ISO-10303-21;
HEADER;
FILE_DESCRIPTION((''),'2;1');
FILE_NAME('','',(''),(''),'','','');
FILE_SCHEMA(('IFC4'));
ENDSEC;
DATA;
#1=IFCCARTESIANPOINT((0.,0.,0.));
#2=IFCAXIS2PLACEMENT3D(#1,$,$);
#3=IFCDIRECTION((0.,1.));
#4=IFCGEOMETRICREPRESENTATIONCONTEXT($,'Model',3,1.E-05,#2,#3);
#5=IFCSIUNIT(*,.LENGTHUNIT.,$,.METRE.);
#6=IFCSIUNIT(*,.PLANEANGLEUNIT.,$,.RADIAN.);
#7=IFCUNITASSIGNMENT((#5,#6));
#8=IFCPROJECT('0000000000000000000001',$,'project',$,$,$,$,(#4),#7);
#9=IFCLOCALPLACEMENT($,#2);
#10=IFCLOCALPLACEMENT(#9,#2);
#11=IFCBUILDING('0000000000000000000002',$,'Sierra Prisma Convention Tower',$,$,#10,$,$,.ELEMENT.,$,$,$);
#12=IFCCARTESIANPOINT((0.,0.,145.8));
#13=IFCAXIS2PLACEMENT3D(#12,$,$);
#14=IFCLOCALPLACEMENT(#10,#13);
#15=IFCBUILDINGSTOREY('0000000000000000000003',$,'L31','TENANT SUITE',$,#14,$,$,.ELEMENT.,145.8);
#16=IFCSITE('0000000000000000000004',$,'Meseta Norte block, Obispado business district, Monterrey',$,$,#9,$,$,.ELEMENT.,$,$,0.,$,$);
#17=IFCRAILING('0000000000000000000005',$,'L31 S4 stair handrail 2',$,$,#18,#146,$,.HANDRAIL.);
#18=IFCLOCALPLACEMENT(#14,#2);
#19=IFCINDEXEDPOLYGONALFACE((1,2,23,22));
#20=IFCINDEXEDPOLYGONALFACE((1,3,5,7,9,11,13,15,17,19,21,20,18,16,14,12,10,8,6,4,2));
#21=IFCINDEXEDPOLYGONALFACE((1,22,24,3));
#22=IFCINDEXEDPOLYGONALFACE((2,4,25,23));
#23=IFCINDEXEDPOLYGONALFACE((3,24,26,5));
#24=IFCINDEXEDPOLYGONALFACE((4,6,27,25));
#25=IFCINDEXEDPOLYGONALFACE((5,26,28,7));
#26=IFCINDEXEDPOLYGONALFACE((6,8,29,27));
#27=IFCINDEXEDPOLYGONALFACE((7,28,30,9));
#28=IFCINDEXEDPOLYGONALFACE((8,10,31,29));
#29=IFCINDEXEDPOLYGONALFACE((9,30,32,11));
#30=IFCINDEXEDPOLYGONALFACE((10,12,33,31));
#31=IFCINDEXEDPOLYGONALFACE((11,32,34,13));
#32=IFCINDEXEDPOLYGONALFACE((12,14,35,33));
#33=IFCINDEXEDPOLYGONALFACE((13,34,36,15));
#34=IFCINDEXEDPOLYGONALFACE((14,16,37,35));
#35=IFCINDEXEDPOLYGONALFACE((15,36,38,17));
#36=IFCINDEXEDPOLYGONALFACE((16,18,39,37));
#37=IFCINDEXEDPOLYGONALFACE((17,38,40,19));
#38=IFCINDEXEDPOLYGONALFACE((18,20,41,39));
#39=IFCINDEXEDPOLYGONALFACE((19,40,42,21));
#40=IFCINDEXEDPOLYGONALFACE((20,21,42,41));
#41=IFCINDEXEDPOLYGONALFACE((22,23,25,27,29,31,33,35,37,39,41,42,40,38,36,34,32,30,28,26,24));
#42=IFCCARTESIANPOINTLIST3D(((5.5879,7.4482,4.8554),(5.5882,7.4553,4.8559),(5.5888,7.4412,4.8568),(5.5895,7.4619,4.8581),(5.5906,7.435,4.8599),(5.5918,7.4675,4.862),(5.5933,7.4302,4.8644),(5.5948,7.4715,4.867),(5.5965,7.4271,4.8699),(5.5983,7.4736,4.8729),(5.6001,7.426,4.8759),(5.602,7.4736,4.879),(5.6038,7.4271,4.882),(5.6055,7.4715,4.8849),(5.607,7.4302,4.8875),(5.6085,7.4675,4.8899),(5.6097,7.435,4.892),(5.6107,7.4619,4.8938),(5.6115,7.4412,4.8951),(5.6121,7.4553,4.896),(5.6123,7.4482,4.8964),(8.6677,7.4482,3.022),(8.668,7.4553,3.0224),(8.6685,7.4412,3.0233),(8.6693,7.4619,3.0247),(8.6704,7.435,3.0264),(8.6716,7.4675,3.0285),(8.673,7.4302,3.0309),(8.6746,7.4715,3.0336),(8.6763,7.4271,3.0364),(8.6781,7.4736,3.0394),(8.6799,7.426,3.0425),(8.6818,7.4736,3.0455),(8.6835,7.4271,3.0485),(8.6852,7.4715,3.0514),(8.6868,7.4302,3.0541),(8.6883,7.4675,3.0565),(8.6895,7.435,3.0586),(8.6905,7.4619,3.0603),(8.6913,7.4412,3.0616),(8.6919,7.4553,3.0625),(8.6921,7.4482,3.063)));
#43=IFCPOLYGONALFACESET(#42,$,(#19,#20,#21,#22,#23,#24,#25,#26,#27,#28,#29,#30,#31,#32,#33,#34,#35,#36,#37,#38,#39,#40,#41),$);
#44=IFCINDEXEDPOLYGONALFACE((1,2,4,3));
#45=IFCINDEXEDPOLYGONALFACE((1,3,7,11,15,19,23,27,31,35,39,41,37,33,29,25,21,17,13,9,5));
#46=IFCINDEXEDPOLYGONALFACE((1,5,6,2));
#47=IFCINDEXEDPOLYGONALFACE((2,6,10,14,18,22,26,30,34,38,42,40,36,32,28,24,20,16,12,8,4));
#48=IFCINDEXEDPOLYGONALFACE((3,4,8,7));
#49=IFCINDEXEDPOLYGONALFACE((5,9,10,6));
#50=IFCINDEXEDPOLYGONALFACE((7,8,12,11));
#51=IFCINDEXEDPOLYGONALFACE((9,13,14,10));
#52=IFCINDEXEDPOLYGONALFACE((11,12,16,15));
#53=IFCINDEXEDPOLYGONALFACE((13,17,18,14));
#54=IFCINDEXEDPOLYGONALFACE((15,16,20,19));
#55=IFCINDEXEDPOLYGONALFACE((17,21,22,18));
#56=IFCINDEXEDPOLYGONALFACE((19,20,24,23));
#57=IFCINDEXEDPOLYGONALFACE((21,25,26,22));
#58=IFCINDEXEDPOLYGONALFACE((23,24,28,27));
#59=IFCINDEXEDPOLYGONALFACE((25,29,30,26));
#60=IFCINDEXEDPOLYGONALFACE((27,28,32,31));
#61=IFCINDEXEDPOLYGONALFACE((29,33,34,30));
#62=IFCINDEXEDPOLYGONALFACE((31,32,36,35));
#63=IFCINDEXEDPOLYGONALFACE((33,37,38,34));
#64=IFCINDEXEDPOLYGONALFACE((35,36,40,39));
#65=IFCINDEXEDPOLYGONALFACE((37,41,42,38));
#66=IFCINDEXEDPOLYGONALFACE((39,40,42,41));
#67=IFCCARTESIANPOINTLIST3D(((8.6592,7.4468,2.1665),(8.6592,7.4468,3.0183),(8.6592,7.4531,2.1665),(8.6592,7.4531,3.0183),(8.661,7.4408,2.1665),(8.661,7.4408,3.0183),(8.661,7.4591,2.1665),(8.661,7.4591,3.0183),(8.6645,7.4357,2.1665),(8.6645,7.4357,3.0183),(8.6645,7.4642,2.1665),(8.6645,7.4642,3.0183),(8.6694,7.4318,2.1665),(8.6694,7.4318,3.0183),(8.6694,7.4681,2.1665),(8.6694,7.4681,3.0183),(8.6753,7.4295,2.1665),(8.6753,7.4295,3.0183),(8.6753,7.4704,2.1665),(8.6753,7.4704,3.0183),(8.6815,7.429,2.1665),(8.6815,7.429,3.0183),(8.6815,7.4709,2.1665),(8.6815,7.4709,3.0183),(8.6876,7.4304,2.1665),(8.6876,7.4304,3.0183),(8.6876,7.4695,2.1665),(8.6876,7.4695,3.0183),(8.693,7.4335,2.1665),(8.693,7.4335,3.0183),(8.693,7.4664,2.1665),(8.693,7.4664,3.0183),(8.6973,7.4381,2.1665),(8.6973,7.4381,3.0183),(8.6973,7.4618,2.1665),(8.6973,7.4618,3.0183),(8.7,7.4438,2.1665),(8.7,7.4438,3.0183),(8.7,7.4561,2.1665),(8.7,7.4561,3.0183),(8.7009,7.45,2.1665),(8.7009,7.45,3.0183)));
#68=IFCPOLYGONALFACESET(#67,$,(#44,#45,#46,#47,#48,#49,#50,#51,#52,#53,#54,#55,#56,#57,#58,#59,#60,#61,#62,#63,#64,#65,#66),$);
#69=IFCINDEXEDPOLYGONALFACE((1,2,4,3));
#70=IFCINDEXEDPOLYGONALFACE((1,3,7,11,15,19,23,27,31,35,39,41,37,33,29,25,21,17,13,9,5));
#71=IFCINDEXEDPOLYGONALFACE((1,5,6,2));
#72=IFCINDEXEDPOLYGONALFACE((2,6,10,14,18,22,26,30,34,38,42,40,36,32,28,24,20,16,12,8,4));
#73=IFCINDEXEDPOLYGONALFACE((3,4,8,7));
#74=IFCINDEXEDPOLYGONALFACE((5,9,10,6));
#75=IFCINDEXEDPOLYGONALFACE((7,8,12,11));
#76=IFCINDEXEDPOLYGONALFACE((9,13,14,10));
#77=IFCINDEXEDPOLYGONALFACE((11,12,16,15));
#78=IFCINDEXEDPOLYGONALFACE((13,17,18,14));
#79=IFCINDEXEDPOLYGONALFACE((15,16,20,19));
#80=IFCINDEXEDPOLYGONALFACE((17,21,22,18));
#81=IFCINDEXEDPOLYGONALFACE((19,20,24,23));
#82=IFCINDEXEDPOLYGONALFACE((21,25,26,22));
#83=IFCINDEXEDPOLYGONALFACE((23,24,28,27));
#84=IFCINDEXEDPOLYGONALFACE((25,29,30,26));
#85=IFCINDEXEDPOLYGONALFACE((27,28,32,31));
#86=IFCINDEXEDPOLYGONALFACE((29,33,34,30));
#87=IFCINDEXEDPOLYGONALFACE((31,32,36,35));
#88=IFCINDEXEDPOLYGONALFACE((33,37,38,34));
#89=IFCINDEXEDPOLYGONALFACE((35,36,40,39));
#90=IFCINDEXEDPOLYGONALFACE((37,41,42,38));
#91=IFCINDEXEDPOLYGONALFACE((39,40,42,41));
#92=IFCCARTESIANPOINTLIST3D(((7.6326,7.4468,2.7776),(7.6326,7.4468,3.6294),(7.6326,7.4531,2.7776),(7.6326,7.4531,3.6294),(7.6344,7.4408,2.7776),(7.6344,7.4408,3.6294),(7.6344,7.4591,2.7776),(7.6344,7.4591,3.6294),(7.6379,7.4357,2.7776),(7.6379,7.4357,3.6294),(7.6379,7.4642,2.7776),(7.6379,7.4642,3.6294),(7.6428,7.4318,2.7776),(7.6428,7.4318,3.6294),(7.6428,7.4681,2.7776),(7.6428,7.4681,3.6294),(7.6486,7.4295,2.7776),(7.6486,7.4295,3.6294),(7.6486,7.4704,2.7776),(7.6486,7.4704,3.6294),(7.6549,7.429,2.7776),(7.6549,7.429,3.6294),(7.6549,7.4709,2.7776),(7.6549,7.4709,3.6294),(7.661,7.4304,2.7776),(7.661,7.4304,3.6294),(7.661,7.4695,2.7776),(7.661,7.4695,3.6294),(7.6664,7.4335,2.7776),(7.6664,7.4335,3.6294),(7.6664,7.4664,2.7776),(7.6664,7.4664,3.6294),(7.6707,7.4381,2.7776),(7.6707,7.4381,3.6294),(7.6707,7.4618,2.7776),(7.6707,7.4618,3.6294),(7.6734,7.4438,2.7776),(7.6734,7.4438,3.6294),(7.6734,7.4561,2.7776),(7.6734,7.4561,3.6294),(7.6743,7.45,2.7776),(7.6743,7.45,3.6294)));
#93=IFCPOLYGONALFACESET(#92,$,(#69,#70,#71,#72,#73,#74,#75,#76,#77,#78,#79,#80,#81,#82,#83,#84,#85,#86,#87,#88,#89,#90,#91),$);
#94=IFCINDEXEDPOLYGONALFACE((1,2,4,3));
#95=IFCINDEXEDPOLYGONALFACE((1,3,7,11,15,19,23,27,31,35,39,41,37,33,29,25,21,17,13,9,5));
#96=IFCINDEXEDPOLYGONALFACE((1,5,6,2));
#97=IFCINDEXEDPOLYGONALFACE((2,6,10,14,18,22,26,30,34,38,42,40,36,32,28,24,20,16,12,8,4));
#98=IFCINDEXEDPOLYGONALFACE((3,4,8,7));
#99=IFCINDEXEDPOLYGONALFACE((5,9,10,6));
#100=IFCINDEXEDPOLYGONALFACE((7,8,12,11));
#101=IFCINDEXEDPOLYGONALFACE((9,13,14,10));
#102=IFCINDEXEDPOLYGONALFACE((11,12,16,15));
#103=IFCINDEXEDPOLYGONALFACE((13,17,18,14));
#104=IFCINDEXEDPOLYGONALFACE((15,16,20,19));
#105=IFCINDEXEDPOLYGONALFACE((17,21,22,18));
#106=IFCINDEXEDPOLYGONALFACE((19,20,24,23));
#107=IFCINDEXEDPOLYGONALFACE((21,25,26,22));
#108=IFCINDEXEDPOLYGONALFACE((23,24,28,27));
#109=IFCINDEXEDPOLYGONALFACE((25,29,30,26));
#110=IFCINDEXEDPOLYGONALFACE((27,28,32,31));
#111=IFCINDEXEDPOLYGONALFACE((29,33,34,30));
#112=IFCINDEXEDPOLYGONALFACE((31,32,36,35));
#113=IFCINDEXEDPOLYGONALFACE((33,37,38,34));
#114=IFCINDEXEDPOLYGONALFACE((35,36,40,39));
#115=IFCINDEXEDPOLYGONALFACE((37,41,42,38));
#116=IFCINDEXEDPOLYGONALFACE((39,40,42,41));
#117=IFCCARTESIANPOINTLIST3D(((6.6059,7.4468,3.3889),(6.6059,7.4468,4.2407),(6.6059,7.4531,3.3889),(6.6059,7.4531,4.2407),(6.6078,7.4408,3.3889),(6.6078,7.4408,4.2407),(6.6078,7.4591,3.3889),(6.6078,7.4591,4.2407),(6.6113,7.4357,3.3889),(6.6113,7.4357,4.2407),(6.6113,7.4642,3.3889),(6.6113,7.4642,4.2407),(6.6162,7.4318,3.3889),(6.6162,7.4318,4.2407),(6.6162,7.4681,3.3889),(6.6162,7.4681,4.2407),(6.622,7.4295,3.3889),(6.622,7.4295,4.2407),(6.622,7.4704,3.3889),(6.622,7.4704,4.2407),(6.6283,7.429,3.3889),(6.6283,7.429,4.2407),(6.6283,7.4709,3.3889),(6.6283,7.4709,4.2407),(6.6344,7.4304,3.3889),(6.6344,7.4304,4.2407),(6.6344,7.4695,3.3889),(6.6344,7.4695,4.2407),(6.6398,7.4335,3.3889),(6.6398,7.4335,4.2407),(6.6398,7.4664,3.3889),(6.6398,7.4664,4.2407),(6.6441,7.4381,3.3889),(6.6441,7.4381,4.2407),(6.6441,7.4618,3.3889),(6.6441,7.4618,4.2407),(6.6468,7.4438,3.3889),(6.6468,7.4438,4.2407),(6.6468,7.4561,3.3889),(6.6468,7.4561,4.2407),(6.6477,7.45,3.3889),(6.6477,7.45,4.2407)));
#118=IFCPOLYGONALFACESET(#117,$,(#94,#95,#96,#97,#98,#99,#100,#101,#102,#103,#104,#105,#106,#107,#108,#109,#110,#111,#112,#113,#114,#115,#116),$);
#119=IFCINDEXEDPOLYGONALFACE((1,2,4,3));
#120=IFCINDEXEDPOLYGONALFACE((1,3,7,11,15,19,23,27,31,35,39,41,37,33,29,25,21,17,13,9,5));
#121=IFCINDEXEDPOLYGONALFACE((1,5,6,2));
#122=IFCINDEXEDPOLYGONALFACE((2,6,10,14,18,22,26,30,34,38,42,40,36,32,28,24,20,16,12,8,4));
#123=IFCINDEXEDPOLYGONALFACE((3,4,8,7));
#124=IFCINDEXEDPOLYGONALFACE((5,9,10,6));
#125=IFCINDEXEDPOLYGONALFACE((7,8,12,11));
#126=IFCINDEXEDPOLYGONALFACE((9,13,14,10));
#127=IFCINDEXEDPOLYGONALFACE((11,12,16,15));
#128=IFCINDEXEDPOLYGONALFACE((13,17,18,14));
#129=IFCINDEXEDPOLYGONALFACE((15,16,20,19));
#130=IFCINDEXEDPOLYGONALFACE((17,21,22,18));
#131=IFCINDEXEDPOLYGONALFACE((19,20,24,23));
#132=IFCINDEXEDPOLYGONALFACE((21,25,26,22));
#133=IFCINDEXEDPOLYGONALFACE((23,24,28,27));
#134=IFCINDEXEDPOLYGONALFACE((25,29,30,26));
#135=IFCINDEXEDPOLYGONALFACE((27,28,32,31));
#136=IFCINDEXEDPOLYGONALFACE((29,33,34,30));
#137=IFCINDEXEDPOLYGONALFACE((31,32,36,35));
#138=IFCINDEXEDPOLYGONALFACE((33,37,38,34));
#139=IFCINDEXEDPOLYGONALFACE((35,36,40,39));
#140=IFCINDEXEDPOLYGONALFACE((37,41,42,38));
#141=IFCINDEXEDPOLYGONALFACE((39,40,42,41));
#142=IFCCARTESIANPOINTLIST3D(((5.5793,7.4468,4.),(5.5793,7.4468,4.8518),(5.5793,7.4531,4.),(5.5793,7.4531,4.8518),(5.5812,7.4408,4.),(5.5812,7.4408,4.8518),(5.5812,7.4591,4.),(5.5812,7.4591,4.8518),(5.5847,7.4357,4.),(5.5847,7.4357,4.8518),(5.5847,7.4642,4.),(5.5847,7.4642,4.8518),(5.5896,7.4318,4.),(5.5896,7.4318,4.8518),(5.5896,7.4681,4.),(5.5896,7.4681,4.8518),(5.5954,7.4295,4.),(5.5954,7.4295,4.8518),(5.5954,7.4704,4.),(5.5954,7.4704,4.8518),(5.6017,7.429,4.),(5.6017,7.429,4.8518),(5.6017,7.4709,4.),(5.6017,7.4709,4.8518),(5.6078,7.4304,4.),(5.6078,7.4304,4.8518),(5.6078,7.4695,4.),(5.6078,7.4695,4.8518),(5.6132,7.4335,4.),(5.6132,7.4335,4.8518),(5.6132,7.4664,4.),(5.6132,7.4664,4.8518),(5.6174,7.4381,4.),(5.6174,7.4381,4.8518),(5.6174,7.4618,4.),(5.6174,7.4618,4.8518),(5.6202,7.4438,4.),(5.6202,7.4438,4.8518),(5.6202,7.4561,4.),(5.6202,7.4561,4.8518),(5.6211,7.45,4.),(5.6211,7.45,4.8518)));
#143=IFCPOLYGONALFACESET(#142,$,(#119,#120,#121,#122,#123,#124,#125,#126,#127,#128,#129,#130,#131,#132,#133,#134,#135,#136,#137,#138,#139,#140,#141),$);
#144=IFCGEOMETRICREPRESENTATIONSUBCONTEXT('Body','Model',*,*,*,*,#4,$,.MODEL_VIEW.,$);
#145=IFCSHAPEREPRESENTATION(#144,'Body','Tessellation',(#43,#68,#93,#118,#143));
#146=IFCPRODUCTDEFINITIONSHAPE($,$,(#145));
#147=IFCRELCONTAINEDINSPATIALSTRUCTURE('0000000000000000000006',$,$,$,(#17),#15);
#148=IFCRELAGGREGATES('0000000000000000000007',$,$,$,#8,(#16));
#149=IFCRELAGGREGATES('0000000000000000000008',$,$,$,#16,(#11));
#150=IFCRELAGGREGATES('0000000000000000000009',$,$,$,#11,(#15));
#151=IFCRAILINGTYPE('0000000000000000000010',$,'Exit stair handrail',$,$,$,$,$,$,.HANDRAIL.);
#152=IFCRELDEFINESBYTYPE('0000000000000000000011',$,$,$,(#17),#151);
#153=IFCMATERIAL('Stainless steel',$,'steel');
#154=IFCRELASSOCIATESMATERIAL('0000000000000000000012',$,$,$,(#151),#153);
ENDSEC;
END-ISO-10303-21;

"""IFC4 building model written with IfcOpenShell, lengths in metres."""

from ifc_helpers import new_model, si_unit, direction, frame, origin, origin_2d, place, context, subcontext, project, spatial, circle, extrude, material, type_object, element, save


model = new_model("IFC4")

# Units and contexts
model_context = context("Model", 3, precision=1e-05, world=origin(), true_north=direction((0.0, 1.0)))
body_context = subcontext(model_context, "Body", "Model", "MODEL_VIEW")
ifc_project = project(units=[si_unit("LENGTHUNIT", "METRE"), si_unit("PLANEANGLEUNIT", "RADIAN")], contexts=[model_context])

# Site, building, storey
site_placement = place(None, origin())
site = spatial("IfcSite", under=ifc_project, at=site_placement, Name="Meseta Norte block, Obispado business district, Monterrey", CompositionType="ELEMENT", RefElevation=0.0)
building_placement = place(site_placement, origin())
building = spatial("IfcBuilding", under=site, at=building_placement, Name="Sierra Prisma Convention Tower", CompositionType="ELEMENT")
storey_placement = place(building_placement, frame((0.0, 0.0, 145.8)))
storey = spatial("IfcBuildingStorey", under=building, at=storey_placement, Name="L31", Description="TENANT SUITE", CompositionType="ELEMENT", Elevation=145.8)

# Railing
ifc_material_1 = material(Name="Stainless steel", Category="steel")
railing_type_1 = type_object("IfcRailingType", Name="Exit stair handrail", PredefinedType="HANDRAIL", material=ifc_material_1)
railing_1_placement = place(storey_placement, frame((8.6799, 7.45, 2.1665)))
element("IfcRailing", 1, at=railing_1_placement, inside=storey, type_object=railing_type_1, Name="L31 S4 stair handrail 2", PredefinedType="HANDRAIL", context=body_context, shape_type="SweptSolid", body=[
    extrude(circle(Radius=0.0239, at=origin_2d()), frame((0.0, 0.0, 0.876), z_axis=(-0.859261, 0.0, 0.511538), x_axis=(0.0, -1.0, 0.0)), (0.0, 0.0, 1.0), 3.5842),
    extrude(circle(Radius=0.021, at=origin_2d()), origin(), (0.0, 0.0, 1.0), 0.8518),
    extrude(circle(Radius=0.021, at=origin_2d()), frame((-1.0266, 0.0, 0.6111)), (0.0, 0.0, 1.0), 0.8518),
    extrude(circle(Radius=0.021, at=origin_2d()), frame((-2.0532, 0.0, 1.2224)), (0.0, 0.0, 1.0), 0.8518),
    extrude(circle(Radius=0.021, at=origin_2d()), frame((-3.0798, 0.0, 1.8335)), (0.0, 0.0, 1.0), 0.8518),
])

save(model, "model.ifc")
